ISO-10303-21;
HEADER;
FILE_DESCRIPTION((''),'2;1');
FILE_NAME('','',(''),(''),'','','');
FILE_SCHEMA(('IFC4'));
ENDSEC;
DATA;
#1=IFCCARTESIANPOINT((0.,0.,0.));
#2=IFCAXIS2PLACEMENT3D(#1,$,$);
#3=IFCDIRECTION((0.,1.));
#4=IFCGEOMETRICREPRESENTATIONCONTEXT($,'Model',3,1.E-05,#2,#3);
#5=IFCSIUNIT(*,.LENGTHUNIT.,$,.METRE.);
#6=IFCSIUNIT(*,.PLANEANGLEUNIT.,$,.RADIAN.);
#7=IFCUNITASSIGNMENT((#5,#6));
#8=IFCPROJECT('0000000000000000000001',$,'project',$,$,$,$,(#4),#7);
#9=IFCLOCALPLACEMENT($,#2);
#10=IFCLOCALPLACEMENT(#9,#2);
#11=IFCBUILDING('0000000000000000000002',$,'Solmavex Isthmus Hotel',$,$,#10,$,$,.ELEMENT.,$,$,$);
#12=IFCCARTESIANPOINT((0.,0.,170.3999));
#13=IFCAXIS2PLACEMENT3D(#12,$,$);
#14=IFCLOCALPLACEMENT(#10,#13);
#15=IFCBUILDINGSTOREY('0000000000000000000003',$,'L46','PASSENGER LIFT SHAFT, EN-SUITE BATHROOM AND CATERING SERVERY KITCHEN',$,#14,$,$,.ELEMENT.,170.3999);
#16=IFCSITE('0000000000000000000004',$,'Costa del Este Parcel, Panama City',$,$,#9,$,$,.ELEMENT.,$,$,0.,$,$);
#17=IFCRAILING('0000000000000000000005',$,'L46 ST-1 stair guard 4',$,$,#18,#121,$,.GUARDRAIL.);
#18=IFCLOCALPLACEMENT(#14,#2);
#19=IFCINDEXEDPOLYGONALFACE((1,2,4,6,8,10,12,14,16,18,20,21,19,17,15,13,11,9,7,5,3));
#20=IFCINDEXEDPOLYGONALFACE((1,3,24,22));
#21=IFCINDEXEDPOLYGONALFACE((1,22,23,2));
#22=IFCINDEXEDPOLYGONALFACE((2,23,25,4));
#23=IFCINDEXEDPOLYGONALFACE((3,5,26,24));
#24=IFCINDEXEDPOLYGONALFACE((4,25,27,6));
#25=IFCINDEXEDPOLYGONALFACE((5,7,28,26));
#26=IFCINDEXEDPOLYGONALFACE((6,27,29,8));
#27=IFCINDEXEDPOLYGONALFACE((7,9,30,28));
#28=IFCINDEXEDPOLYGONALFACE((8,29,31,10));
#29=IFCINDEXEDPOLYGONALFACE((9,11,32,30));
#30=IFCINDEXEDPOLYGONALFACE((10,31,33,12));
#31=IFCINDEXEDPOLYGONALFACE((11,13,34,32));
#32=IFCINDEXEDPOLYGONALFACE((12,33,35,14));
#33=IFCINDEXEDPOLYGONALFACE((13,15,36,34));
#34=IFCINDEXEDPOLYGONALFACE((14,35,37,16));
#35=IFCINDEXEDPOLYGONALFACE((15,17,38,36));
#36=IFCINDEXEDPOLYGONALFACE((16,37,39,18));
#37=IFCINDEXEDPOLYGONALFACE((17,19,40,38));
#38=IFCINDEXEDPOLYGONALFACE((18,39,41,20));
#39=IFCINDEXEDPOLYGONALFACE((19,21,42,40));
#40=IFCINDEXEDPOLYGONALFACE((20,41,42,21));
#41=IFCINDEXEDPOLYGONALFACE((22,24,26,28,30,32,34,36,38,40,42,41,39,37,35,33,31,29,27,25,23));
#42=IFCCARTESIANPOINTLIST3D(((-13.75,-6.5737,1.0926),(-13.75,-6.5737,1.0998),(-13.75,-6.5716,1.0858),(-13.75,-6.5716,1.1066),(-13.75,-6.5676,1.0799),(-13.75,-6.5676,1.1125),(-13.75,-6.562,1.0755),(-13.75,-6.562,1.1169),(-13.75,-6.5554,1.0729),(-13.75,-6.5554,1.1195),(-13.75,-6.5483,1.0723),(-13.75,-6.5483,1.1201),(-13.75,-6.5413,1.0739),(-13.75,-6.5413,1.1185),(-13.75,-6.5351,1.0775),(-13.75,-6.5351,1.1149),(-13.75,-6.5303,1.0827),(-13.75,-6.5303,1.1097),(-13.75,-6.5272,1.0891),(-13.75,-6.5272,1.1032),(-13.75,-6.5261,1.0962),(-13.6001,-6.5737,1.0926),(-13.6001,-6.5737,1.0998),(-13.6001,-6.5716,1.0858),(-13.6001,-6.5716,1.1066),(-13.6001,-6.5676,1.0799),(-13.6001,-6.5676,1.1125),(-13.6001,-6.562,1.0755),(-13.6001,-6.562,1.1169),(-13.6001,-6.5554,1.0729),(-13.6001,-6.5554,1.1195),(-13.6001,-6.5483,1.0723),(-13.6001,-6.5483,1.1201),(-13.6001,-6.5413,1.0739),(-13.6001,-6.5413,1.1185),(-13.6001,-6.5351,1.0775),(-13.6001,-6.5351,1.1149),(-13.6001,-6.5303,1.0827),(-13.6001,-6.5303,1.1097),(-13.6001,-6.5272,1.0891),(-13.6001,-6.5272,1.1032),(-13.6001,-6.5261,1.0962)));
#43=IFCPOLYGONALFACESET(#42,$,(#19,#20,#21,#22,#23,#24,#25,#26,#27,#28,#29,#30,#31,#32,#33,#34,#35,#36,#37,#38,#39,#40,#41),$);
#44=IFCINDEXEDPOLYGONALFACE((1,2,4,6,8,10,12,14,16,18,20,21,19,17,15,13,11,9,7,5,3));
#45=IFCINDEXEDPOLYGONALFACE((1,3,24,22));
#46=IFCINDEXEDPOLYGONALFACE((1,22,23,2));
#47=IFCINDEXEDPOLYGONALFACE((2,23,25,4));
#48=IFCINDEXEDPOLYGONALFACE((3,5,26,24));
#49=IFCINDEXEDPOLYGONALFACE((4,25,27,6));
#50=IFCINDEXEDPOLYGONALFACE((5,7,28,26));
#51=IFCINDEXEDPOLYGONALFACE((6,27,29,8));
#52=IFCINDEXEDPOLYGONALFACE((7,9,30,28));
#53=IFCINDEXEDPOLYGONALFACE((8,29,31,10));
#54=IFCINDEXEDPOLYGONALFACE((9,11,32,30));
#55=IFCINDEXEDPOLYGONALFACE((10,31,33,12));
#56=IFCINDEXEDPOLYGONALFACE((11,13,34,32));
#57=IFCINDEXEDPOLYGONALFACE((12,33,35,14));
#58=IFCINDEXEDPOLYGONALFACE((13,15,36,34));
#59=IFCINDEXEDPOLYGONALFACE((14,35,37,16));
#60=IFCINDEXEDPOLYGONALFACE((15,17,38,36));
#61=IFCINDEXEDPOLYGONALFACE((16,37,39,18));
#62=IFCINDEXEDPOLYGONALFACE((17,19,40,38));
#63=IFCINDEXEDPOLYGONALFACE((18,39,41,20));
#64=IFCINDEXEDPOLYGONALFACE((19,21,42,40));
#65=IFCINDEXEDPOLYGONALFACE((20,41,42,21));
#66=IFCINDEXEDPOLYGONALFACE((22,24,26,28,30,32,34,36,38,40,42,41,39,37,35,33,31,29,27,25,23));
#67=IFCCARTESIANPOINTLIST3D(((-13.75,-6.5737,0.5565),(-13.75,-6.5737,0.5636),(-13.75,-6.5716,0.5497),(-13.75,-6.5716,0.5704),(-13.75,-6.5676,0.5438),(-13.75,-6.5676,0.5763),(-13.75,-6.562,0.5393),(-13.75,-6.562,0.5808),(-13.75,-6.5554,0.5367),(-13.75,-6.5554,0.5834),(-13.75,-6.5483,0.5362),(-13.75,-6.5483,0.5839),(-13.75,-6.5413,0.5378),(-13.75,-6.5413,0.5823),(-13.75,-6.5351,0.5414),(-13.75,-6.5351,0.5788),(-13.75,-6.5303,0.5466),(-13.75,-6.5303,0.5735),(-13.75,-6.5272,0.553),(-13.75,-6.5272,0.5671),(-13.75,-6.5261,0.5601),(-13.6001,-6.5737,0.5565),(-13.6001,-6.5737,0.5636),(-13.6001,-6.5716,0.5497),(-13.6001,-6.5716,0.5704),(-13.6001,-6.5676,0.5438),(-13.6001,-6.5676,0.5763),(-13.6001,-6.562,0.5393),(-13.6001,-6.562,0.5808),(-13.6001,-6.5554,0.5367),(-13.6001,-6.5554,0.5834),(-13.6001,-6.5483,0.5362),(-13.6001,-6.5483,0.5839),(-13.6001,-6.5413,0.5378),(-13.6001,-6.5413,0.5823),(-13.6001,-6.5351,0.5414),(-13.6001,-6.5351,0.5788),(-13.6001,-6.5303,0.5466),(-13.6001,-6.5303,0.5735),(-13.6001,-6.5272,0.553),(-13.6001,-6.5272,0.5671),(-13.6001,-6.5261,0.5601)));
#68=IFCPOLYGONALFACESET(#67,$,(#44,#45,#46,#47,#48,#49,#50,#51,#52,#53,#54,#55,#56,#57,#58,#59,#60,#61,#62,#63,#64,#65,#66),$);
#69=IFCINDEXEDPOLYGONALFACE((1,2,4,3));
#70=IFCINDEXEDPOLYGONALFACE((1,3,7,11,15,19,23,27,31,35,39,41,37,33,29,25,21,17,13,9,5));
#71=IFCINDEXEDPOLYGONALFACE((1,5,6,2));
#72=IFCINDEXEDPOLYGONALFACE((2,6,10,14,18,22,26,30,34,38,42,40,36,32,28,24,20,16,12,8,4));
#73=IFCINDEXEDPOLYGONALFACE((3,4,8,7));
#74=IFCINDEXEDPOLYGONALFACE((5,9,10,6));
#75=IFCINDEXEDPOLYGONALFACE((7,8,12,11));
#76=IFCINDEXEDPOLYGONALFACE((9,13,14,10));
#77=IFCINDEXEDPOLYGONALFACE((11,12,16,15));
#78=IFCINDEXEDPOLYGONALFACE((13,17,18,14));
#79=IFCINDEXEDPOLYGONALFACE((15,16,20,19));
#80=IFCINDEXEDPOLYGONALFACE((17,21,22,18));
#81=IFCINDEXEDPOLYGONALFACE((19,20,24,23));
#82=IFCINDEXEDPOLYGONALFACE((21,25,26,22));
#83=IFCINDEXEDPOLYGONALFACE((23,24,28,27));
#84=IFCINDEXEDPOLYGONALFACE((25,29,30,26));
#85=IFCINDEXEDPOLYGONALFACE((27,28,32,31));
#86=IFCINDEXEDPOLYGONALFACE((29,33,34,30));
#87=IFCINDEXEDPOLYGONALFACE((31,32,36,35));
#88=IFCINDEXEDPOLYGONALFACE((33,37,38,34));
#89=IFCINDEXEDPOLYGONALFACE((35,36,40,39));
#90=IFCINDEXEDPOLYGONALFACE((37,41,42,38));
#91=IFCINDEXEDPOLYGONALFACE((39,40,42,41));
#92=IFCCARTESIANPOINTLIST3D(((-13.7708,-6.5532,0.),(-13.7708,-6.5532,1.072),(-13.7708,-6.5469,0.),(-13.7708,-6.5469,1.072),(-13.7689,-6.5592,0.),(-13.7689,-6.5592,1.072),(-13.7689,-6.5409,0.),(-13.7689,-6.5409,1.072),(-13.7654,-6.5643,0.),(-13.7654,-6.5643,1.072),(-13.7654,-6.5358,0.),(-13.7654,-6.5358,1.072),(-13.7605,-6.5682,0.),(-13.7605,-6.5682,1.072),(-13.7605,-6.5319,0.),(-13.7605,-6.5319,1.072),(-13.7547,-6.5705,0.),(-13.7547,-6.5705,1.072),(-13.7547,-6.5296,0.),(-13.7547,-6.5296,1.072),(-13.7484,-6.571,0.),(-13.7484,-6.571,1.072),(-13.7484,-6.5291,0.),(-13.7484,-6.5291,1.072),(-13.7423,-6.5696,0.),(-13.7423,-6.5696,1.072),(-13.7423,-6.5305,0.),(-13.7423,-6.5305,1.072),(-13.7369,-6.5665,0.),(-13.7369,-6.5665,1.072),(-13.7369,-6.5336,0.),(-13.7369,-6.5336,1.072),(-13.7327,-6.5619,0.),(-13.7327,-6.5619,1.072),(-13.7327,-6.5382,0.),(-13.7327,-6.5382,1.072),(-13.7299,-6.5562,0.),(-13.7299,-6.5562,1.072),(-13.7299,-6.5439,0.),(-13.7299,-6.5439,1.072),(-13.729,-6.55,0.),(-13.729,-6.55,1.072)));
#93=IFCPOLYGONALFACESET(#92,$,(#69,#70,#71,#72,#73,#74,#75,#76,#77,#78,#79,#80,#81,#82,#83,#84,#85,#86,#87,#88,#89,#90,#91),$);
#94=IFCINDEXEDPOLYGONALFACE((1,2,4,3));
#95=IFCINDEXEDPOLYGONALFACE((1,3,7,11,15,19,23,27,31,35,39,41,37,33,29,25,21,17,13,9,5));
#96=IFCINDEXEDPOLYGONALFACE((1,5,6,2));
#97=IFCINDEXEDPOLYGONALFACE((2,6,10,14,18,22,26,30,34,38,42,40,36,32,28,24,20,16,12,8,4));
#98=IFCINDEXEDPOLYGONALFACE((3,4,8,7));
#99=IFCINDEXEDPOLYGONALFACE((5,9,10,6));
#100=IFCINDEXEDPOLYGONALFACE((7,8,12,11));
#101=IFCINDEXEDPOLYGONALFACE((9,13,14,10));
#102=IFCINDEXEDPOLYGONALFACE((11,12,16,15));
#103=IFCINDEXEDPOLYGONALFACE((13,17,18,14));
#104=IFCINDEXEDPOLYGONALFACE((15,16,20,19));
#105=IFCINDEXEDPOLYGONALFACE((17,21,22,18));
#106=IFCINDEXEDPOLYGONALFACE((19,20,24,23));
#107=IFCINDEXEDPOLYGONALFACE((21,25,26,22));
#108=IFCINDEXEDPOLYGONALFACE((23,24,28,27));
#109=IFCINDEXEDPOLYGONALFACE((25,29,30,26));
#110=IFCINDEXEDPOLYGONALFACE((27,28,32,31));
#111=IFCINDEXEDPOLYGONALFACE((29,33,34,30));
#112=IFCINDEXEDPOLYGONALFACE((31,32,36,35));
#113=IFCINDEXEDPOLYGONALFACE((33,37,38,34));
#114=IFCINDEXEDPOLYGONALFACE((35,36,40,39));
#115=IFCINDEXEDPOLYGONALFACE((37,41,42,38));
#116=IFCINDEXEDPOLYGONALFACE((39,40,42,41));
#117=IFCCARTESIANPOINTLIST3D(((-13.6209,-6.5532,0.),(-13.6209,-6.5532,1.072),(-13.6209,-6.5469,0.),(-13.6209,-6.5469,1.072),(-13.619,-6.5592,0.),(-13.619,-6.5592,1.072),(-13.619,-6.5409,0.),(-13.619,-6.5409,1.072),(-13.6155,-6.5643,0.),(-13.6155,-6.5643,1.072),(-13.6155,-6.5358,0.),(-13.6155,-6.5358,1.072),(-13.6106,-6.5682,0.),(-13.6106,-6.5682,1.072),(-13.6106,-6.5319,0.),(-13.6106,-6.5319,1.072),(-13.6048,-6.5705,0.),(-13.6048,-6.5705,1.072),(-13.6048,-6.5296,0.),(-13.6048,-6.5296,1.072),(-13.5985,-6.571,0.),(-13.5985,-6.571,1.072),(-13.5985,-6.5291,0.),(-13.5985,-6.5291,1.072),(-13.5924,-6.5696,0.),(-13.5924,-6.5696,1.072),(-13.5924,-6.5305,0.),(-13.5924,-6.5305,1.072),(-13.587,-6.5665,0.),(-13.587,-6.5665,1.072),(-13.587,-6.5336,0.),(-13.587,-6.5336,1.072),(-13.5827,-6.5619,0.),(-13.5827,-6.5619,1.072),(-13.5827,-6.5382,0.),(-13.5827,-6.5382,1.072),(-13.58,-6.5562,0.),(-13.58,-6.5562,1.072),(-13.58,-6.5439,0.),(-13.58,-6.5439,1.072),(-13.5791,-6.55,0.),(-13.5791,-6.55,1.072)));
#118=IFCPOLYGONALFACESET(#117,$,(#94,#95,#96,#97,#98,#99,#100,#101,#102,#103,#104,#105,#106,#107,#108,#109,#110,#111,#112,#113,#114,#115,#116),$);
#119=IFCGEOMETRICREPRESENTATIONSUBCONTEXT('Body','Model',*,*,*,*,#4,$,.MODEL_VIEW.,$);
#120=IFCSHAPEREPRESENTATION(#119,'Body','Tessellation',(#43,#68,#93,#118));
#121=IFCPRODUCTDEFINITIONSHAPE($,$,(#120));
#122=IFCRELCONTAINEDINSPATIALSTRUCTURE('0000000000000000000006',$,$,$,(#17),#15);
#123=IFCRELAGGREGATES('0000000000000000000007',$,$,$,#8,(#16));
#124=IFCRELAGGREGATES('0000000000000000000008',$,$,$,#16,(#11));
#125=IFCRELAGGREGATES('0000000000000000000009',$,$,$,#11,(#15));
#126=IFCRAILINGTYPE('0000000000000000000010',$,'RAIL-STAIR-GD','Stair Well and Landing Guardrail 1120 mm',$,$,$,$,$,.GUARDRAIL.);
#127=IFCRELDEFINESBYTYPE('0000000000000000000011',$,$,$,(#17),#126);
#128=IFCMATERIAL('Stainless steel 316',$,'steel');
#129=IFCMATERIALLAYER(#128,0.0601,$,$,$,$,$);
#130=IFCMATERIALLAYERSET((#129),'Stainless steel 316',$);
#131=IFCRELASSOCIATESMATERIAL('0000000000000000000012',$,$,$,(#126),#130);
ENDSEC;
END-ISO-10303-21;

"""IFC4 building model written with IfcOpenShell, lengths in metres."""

from ifc_helpers import new_model, si_unit, direction, frame, origin, origin_2d, place, context, subcontext, project, spatial, circle, extrude, material, layer, layer_set, type_object, element, save


model = new_model("IFC4")

# Units and contexts
model_context = context("Model", 3, precision=1e-05, world=origin(), true_north=direction((0.0, 1.0)))
body_context = subcontext(model_context, "Body", "Model", "MODEL_VIEW")
ifc_project = project(units=[si_unit("LENGTHUNIT", "METRE"), si_unit("PLANEANGLEUNIT", "RADIAN")], contexts=[model_context])

# Site, building, storey
site_placement = place(None, origin())
site = spatial("IfcSite", under=ifc_project, at=site_placement, Name="Costa del Este Parcel, Panama City", CompositionType="ELEMENT", RefElevation=0.0)
building_placement = place(site_placement, origin())
building = spatial("IfcBuilding", under=site, at=building_placement, Name="Solmavex Isthmus Hotel", CompositionType="ELEMENT")
storey_placement = place(building_placement, frame((0.0, 0.0, 170.3999)))
storey = spatial("IfcBuildingStorey", under=building, at=storey_placement, Name="L46", Description="PASSENGER LIFT SHAFT, EN-SUITE BATHROOM AND CATERING SERVERY KITCHEN", CompositionType="ELEMENT", Elevation=170.3999)

# Railing
ifc_material_1 = material(Name="Stainless steel 316", Category="steel")
ifc_layer_1 = layer(ifc_material_1, 0.0601)
ifc_layer_set_1 = layer_set([ifc_layer_1], Name="Stainless steel 316")
railing_type_1 = type_object("IfcRailingType", Name="RAIL-STAIR-GD", Description="Stair Well and Landing Guardrail 1120 mm", PredefinedType="GUARDRAIL", material=ifc_layer_set_1)
railing_1_placement = place(storey_placement, frame((-13.75, -6.55, 0.0)))
element("IfcRailing", 1, at=railing_1_placement, inside=storey, type_object=railing_type_1, Name="L46 ST-1 stair guard 4", PredefinedType="GUARDRAIL", context=body_context, shape_type="SweptSolid", body=[
    extrude(circle(Radius=0.0239, at=origin_2d()), frame((0.0, 0.0, 1.0962), z_axis=(1.0, 0.0, 0.0), x_axis=(0.0, 1.0, 0.0)), (0.0, 0.0, 1.0), 0.1499),
    extrude(circle(Radius=0.0239, at=origin_2d()), frame((0.0, 0.0, 0.5601), z_axis=(1.0, 0.0, 0.0), x_axis=(0.0, 1.0, 0.0)), (0.0, 0.0, 1.0), 0.1499),
    extrude(circle(Radius=0.021, at=origin_2d()), origin(), (0.0, 0.0, 1.0), 1.072),
    extrude(circle(Radius=0.021, at=origin_2d()), frame((0.1499, 0.0, 0.0)), (0.0, 0.0, 1.0), 1.072),
])

save(model, "model.ifc")
